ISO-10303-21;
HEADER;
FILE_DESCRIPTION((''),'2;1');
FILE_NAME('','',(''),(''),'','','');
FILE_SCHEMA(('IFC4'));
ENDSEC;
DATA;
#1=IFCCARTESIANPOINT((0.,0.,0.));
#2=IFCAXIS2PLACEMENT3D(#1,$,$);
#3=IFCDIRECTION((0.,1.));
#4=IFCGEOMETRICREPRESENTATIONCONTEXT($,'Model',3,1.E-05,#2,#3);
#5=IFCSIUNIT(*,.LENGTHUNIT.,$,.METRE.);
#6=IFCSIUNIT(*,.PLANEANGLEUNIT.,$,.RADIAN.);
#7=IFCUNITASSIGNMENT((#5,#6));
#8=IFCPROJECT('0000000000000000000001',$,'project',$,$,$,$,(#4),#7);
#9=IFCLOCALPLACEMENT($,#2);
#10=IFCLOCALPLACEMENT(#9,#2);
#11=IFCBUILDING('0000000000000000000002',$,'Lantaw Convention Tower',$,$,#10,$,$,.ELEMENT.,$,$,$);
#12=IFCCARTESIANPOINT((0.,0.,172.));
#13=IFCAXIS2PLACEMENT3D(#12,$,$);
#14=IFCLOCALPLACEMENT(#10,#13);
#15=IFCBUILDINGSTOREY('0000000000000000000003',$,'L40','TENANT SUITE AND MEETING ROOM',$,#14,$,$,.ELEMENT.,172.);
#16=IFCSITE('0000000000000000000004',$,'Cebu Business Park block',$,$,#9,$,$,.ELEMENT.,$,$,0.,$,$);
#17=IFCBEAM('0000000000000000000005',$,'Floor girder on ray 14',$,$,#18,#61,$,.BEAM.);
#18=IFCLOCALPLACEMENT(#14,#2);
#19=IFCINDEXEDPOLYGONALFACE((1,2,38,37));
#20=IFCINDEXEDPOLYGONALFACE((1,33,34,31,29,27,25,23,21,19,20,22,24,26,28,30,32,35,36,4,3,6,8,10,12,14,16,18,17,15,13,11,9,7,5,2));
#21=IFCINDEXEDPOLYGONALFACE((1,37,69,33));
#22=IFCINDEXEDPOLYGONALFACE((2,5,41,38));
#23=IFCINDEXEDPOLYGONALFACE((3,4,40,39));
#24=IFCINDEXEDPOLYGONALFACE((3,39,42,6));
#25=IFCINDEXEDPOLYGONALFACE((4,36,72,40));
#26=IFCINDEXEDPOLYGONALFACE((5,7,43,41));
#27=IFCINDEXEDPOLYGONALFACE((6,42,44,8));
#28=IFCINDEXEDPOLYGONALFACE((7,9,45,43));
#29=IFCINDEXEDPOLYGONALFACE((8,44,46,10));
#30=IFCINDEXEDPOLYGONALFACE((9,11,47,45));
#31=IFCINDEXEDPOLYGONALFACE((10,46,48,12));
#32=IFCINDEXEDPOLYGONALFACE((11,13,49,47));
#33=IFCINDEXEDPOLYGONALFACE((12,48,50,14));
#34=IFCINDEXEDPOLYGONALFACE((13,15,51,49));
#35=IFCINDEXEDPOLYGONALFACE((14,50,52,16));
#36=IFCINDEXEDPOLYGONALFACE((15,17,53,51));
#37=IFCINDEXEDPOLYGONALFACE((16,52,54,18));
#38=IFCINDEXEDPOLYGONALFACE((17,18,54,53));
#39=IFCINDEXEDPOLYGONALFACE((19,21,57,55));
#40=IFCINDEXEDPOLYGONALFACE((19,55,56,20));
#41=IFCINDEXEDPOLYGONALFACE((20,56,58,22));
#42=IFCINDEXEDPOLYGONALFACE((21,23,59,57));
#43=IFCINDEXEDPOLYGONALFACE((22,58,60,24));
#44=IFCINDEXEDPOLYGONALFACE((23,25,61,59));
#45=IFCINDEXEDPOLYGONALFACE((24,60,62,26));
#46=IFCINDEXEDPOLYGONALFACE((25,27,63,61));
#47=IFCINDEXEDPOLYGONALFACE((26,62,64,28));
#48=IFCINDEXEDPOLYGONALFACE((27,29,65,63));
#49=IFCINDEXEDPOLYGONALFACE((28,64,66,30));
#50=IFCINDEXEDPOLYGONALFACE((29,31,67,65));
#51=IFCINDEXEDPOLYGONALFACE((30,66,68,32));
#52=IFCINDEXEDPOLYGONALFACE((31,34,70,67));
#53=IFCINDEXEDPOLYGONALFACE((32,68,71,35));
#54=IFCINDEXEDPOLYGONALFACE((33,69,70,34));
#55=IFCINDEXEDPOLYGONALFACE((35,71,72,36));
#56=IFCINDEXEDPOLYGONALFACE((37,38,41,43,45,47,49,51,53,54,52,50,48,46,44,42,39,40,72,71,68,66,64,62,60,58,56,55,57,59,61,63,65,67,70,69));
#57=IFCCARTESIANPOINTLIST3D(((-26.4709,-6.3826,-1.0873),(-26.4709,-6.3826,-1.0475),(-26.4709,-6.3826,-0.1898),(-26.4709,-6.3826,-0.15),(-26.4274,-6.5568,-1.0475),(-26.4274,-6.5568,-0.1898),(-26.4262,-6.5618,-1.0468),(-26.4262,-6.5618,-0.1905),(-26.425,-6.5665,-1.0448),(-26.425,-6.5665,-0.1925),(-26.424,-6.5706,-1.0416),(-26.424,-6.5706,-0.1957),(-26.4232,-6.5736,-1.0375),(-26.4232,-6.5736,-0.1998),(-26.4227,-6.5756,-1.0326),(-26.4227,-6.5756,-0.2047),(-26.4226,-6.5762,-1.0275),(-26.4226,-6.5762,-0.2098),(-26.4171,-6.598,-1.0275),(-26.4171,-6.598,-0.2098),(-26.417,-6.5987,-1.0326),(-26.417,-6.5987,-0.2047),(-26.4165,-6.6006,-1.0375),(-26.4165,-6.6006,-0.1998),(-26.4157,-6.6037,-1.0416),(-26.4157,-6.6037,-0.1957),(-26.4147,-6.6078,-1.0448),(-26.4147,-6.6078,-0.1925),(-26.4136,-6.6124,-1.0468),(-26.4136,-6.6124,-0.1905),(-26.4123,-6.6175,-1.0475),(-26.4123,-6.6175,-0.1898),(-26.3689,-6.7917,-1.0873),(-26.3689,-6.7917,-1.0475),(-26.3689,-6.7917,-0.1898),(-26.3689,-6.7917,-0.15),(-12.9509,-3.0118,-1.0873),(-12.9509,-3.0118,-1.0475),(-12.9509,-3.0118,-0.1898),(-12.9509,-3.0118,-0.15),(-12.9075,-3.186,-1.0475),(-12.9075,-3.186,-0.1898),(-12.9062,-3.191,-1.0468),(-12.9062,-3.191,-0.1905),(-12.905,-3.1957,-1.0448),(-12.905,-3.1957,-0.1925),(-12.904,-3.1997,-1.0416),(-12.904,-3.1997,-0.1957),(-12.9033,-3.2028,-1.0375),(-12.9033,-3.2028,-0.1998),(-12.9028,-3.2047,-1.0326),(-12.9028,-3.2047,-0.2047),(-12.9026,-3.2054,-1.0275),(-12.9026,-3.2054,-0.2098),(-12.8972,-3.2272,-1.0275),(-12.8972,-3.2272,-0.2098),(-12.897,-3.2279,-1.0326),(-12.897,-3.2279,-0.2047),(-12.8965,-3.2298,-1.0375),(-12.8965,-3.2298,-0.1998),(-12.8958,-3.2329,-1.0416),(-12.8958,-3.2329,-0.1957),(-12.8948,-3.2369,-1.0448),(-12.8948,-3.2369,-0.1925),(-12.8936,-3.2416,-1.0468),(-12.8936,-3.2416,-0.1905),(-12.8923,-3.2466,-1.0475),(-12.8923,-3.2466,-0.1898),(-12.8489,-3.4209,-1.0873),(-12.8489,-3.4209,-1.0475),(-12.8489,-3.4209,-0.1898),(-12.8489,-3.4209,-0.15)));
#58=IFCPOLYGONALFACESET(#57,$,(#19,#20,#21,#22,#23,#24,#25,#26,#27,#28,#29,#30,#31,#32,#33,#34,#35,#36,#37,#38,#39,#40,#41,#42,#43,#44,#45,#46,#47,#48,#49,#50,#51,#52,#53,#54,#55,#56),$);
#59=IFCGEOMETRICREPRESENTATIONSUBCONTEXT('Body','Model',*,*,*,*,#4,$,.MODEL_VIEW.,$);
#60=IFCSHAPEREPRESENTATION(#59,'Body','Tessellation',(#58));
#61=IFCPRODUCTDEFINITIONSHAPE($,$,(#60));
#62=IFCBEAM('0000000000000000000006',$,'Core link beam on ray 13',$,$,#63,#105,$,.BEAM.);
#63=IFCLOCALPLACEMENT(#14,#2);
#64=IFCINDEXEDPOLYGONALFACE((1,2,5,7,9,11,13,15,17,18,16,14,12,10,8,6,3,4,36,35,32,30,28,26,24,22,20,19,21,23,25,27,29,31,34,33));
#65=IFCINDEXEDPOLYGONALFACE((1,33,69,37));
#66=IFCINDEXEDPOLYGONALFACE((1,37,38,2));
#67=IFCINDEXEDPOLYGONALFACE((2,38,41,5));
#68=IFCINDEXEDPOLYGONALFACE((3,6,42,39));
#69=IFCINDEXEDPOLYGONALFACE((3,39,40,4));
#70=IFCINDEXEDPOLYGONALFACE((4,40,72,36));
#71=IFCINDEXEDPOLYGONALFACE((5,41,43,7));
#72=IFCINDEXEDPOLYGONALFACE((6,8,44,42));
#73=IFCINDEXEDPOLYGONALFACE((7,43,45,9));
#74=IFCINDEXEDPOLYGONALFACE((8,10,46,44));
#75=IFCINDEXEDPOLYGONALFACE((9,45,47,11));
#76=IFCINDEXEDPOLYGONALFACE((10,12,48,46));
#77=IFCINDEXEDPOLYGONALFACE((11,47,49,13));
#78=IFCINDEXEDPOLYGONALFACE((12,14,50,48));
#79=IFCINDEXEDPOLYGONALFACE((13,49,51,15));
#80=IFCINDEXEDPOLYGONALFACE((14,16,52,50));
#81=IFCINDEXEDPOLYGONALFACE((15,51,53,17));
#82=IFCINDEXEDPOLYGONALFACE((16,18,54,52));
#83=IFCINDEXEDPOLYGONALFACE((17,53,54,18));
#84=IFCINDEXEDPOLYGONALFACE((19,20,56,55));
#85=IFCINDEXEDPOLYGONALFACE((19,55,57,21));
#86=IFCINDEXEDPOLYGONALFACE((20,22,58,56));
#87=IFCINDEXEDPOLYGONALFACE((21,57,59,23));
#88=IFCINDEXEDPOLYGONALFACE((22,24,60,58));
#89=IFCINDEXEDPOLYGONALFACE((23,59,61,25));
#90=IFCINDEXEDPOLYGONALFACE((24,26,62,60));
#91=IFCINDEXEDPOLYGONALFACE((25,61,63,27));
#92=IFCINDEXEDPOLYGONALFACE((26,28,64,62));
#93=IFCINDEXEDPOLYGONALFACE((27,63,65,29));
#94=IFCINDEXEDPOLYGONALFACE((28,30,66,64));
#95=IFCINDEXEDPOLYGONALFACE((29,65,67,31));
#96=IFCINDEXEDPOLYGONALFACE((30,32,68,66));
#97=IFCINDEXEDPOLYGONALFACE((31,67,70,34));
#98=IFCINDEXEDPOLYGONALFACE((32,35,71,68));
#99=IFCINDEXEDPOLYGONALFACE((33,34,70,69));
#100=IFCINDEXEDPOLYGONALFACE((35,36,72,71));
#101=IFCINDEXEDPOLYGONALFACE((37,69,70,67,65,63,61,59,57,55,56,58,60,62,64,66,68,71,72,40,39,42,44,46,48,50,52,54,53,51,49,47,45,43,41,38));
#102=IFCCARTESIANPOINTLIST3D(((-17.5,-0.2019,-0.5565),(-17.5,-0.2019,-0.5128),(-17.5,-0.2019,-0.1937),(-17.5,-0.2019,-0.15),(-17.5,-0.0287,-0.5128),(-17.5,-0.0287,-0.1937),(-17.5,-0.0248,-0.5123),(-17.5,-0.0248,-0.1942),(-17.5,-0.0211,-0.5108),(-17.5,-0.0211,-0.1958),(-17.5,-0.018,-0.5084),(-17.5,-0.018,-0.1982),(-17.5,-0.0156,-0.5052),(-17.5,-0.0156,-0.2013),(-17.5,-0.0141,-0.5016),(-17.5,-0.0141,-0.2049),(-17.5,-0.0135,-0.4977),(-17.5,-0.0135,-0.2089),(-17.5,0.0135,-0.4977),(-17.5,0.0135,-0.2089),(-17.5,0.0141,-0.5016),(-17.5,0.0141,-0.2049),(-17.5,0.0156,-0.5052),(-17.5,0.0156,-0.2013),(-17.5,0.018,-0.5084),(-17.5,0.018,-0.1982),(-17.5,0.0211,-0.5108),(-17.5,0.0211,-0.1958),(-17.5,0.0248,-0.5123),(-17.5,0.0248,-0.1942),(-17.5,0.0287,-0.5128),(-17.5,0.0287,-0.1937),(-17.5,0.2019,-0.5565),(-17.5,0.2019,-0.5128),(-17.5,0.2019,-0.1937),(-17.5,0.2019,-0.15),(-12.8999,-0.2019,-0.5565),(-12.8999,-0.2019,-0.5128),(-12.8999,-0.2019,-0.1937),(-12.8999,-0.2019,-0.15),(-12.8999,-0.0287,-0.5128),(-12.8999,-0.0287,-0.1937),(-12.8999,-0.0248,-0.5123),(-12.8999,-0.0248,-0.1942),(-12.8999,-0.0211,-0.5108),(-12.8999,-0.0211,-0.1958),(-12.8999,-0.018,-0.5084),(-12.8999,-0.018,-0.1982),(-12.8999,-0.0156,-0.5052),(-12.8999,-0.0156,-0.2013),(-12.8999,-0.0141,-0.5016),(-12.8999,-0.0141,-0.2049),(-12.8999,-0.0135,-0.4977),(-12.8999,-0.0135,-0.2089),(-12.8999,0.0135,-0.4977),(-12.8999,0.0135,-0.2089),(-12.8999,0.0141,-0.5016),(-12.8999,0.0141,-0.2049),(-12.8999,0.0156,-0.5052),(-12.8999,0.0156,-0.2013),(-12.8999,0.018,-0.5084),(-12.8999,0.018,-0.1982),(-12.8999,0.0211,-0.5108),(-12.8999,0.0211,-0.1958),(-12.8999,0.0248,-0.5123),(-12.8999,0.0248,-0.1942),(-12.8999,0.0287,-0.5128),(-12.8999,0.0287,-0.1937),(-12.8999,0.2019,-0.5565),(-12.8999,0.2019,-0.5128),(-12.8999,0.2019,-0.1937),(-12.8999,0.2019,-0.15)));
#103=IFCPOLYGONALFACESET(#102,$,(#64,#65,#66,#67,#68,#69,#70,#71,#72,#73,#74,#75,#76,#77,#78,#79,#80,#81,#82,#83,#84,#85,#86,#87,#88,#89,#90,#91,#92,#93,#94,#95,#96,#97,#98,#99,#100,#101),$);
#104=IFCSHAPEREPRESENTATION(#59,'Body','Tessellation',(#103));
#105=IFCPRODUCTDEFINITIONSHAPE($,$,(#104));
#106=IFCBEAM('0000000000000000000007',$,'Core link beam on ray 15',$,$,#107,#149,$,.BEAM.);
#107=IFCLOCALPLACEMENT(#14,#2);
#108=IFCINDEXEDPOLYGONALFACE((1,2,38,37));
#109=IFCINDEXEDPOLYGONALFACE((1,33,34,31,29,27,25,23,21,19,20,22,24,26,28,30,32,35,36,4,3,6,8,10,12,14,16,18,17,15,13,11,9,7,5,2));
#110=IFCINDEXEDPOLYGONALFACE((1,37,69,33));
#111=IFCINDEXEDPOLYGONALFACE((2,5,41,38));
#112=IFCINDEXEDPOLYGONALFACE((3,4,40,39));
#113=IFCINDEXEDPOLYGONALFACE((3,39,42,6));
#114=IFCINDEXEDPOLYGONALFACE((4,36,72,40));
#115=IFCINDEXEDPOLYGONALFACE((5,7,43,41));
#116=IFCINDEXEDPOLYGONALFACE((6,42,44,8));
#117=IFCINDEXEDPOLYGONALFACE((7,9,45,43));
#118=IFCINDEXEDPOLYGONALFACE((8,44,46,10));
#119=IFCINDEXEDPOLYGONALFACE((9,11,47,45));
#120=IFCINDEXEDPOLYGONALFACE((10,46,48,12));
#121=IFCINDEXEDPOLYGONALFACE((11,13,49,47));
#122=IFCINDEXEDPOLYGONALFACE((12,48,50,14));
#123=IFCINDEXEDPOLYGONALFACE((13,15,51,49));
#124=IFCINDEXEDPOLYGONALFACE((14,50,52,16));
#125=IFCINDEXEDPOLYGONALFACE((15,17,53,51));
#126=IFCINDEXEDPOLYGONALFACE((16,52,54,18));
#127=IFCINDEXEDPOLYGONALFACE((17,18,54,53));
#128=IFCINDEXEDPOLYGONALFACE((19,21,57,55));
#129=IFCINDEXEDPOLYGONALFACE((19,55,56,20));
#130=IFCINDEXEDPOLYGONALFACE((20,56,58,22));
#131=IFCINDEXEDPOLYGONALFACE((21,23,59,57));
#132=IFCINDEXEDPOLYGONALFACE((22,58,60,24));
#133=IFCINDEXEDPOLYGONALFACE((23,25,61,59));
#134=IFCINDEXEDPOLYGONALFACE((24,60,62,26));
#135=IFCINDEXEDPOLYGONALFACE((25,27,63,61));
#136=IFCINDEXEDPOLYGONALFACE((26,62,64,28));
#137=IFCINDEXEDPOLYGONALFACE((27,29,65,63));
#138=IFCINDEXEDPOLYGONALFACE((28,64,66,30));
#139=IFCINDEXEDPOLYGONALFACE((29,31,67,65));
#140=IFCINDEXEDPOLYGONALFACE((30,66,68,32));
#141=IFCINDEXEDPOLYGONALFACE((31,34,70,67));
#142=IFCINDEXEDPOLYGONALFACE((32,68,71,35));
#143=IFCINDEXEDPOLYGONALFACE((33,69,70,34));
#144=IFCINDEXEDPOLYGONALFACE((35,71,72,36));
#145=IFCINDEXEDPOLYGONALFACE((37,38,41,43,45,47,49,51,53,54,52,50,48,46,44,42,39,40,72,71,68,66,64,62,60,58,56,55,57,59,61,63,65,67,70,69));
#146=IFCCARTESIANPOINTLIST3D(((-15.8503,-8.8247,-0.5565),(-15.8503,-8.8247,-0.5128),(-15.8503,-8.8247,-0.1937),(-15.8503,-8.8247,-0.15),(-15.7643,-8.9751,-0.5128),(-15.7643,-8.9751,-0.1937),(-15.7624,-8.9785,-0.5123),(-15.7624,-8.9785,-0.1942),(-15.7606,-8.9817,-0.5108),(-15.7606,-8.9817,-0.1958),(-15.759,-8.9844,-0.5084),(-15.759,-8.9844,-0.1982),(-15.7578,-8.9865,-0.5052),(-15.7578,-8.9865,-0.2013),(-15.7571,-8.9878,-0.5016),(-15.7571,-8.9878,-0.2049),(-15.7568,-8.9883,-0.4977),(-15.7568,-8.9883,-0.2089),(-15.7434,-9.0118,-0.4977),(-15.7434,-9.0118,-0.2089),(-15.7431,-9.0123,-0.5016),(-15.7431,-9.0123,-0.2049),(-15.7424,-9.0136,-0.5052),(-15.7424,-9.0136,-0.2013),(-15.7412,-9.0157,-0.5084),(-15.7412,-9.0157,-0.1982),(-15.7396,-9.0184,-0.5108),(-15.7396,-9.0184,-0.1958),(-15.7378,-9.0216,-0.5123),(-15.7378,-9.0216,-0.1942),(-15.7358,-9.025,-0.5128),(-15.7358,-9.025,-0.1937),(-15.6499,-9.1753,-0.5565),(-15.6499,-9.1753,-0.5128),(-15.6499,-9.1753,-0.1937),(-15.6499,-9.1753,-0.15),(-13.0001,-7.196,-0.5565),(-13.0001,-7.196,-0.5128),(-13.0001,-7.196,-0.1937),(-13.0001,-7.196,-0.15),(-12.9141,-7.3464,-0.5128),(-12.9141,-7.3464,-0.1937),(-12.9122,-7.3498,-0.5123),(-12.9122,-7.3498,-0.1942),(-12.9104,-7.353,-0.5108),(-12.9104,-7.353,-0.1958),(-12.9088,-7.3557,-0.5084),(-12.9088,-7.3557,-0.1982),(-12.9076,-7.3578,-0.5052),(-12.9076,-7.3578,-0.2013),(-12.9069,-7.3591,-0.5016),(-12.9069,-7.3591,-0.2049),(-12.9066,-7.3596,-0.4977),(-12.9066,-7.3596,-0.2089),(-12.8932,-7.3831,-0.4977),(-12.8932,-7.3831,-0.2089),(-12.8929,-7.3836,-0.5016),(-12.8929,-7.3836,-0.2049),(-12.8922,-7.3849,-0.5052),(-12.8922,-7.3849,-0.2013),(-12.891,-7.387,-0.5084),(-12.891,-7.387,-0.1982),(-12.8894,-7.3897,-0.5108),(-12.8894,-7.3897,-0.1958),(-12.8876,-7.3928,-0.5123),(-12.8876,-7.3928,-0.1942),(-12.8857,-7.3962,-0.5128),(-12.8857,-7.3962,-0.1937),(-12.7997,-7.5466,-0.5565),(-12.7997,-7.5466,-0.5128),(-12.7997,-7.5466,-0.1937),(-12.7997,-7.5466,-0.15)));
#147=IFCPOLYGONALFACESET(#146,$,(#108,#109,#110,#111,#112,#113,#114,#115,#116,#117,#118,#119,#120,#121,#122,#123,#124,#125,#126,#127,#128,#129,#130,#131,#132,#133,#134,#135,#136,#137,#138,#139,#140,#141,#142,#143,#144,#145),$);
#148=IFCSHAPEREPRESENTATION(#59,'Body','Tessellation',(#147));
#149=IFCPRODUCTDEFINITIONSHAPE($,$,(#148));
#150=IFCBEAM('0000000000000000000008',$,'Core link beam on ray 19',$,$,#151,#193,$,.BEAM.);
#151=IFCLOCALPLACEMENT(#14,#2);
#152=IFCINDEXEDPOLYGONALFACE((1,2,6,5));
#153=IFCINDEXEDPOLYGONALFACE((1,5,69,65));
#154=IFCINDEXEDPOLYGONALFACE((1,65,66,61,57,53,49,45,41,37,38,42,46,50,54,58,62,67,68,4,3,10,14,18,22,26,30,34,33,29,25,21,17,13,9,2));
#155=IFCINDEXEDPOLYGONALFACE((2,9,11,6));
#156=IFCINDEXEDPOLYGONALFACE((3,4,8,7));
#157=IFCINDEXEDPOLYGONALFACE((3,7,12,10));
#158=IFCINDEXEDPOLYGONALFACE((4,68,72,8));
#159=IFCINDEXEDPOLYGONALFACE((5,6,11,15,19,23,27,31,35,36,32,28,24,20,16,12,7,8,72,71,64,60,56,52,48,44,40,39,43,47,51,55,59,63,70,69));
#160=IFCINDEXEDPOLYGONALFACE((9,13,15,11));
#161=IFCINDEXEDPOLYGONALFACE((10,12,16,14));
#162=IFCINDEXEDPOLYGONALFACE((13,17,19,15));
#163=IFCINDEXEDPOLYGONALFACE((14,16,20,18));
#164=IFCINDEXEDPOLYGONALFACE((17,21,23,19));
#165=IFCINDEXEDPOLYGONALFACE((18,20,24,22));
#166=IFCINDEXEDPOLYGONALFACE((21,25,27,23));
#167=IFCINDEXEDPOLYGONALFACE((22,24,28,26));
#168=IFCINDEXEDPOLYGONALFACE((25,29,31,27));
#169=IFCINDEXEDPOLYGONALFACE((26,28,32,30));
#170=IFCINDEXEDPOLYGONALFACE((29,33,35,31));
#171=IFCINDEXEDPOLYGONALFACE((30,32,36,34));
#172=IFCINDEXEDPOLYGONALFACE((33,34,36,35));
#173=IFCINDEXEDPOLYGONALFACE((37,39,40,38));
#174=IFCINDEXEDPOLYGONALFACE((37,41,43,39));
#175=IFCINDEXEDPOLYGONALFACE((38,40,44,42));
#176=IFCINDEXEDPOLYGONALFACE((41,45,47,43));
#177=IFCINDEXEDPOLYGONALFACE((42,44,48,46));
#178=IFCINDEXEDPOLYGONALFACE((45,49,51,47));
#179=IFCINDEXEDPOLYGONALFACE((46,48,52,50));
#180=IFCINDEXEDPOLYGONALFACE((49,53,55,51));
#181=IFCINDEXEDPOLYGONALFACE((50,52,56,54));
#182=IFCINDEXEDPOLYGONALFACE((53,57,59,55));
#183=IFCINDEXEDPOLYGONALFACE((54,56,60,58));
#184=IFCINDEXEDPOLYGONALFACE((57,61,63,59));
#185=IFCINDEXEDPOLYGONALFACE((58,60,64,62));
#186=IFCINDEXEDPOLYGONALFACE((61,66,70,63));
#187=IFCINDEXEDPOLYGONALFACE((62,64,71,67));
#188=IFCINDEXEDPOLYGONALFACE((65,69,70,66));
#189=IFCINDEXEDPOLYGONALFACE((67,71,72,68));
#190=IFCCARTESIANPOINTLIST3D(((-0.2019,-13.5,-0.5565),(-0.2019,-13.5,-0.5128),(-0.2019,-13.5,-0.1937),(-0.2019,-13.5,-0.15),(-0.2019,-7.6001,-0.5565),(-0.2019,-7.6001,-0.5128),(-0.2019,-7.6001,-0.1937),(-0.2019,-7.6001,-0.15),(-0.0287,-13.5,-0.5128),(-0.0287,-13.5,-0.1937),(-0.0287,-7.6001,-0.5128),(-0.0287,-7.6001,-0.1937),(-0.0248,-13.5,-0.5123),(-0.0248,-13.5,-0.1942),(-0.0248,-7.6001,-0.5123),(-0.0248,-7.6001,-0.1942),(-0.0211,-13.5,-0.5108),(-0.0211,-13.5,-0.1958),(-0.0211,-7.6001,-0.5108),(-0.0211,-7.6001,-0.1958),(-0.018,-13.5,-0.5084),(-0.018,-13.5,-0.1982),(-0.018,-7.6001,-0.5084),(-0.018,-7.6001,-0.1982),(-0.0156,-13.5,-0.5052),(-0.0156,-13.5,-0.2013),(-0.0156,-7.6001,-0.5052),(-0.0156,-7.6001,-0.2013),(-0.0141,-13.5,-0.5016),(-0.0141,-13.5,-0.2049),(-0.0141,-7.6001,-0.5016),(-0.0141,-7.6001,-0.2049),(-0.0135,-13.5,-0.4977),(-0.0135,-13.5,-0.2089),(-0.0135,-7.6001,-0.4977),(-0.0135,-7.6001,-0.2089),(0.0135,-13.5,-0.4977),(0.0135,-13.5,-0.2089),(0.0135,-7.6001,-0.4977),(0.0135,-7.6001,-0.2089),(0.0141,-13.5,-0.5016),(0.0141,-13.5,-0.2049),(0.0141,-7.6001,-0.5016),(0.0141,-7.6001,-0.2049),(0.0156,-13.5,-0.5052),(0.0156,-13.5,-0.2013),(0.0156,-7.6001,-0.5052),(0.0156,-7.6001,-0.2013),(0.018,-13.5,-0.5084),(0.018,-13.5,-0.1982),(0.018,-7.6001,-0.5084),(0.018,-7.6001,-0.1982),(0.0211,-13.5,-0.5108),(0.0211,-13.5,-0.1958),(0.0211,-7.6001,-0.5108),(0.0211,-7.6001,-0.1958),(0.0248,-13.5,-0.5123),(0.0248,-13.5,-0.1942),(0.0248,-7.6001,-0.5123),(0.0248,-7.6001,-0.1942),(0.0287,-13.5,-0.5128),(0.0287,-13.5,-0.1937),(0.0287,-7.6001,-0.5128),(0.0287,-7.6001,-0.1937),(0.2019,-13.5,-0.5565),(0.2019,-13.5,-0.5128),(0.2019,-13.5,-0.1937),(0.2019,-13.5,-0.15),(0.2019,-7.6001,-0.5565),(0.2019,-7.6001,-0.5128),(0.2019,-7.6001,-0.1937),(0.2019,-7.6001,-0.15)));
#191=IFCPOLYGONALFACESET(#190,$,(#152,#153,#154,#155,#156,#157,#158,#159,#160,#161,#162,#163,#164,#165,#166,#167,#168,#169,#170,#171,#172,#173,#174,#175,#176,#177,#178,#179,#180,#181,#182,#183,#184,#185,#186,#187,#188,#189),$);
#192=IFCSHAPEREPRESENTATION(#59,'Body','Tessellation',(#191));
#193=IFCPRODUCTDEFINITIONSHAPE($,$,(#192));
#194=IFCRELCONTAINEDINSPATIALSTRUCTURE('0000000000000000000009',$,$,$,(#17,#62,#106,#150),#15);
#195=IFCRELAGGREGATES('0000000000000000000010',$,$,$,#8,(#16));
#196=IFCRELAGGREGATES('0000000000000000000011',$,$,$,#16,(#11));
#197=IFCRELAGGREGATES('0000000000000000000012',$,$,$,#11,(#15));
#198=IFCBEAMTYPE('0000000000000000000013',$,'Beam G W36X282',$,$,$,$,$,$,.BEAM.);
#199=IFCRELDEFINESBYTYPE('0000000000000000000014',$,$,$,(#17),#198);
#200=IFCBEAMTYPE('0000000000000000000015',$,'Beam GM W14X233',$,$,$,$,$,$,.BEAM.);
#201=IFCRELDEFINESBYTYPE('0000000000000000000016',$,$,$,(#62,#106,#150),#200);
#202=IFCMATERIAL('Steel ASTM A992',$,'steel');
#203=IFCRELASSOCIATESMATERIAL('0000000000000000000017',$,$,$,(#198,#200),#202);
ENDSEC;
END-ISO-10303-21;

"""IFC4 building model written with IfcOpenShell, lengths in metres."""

from ifc_helpers import new_model, si_unit, direction, frame, origin, origin_2d, place, context, subcontext, project, spatial, i_section, extrude, material, material_profile, profile_set, type_object, element, save


model = new_model("IFC4")

# Units and contexts
model_context = context("Model", 3, precision=1e-05, world=origin(), true_north=direction((0.0, 1.0)))
body_context = subcontext(model_context, "Body", "Model", "MODEL_VIEW")
ifc_project = project(units=[si_unit("LENGTHUNIT", "METRE"), si_unit("PLANEANGLEUNIT", "RADIAN")], contexts=[model_context])

# Site, building, storey
site_placement = place(None, origin())
site = spatial("IfcSite", under=ifc_project, at=site_placement, Name="Cebu Business Park block", CompositionType="ELEMENT", RefElevation=0.0)
building_placement = place(site_placement, origin())
building = spatial("IfcBuilding", under=site, at=building_placement, Name="Lantaw Convention Tower", CompositionType="ELEMENT")
storey_placement = place(building_placement, frame((0.0, 0.0, 172.0)))
storey = spatial("IfcBuildingStorey", under=building, at=storey_placement, Name="L40", Description="TENANT SUITE AND MEETING ROOM", CompositionType="ELEMENT", Elevation=172.0)

# Beams
ifc_material_1 = material(Name="Steel ASTM A992", Category="steel")
ifc_material_profile_1 = material_profile(ifc_material_1, i_section(OverallWidth=0.4216, OverallDepth=0.9373, WebThickness=0.0225, FlangeThickness=0.0398, FilletRadius=0.02, at=origin_2d()), Name="W36X282")
ifc_profile_set_1 = profile_set([ifc_material_profile_1], Name="Steel ASTM A992")
beam_type_1 = type_object("IfcBeamType", Name="Beam G W36X282", PredefinedType="BEAM", material=ifc_profile_set_1)
beam_1_placement = place(storey_placement, frame((-12.8999, -3.2163, -0.6187), z_axis=(-0.970297, -0.241917, 0.0), x_axis=(0.241917, -0.970297, 0.0)))
element("IfcBeam", 1, at=beam_1_placement, inside=storey, type_object=beam_type_1, Name="Floor girder on ray 14", PredefinedType="BEAM", context=body_context, shape_type="SweptSolid", body=[
    extrude(i_section(OverallWidth=0.4216, OverallDepth=0.9373, WebThickness=0.0225, FlangeThickness=0.0398, FilletRadius=0.02, at=origin_2d()), origin(), (0.0, 0.0, 1.0), 13.9338),
])
ifc_material_profile_2 = material_profile(ifc_material_1, i_section(OverallWidth=0.4038, OverallDepth=0.4065, WebThickness=0.0271, FlangeThickness=0.0437, FilletRadius=0.0151, at=origin_2d()), Name="W14X233")
ifc_profile_set_2 = profile_set([ifc_material_profile_2], Name="Steel ASTM A992")
beam_type_2 = type_object("IfcBeamType", Name="Beam GM W14X233", PredefinedType="BEAM", material=ifc_profile_set_2)
beam_2_placement = place(storey_placement, frame((-12.8999, 0.0, -0.3533), z_axis=(-1.0, 0.0, 0.0), x_axis=(0.0, -1.0, 0.0)))
element("IfcBeam", 2, at=beam_2_placement, inside=storey, type_object=beam_type_2, Name="Core link beam on ray 13", PredefinedType="BEAM", context=body_context, shape_type="SweptSolid", body=[
    extrude(i_section(OverallWidth=0.4038, OverallDepth=0.4065, WebThickness=0.0271, FlangeThickness=0.0437, FilletRadius=0.0151, at=origin_2d()), origin(), (0.0, 0.0, 1.0), 4.6001),
])
beam_3_placement = place(storey_placement, frame((-12.8999, -7.3713, -0.3533), z_axis=(-0.868239, -0.496147, 0.0), x_axis=(0.496147, -0.868239, 0.0)))
element("IfcBeam", 3, at=beam_3_placement, inside=storey, type_object=beam_type_2, Name="Core link beam on ray 15", PredefinedType="BEAM", context=body_context, shape_type="SweptSolid", body=[
    extrude(i_section(OverallWidth=0.4038, OverallDepth=0.4065, WebThickness=0.0271, FlangeThickness=0.0437, FilletRadius=0.0151, at=origin_2d()), origin(), (0.0, 0.0, 1.0), 3.2827),
])
beam_4_placement = place(storey_placement, frame((0.0, -7.6001, -0.3533), z_axis=(0.0, -1.0, 0.0), x_axis=(1.0, 0.0, 0.0)))
element("IfcBeam", 4, at=beam_4_placement, inside=storey, type_object=beam_type_2, Name="Core link beam on ray 19", PredefinedType="BEAM", context=body_context, shape_type="SweptSolid", body=[
    extrude(i_section(OverallWidth=0.4038, OverallDepth=0.4065, WebThickness=0.0271, FlangeThickness=0.0437, FilletRadius=0.0151, at=origin_2d()), origin(), (0.0, 0.0, 1.0), 5.8999),
])

save(model, "model.ifc")
